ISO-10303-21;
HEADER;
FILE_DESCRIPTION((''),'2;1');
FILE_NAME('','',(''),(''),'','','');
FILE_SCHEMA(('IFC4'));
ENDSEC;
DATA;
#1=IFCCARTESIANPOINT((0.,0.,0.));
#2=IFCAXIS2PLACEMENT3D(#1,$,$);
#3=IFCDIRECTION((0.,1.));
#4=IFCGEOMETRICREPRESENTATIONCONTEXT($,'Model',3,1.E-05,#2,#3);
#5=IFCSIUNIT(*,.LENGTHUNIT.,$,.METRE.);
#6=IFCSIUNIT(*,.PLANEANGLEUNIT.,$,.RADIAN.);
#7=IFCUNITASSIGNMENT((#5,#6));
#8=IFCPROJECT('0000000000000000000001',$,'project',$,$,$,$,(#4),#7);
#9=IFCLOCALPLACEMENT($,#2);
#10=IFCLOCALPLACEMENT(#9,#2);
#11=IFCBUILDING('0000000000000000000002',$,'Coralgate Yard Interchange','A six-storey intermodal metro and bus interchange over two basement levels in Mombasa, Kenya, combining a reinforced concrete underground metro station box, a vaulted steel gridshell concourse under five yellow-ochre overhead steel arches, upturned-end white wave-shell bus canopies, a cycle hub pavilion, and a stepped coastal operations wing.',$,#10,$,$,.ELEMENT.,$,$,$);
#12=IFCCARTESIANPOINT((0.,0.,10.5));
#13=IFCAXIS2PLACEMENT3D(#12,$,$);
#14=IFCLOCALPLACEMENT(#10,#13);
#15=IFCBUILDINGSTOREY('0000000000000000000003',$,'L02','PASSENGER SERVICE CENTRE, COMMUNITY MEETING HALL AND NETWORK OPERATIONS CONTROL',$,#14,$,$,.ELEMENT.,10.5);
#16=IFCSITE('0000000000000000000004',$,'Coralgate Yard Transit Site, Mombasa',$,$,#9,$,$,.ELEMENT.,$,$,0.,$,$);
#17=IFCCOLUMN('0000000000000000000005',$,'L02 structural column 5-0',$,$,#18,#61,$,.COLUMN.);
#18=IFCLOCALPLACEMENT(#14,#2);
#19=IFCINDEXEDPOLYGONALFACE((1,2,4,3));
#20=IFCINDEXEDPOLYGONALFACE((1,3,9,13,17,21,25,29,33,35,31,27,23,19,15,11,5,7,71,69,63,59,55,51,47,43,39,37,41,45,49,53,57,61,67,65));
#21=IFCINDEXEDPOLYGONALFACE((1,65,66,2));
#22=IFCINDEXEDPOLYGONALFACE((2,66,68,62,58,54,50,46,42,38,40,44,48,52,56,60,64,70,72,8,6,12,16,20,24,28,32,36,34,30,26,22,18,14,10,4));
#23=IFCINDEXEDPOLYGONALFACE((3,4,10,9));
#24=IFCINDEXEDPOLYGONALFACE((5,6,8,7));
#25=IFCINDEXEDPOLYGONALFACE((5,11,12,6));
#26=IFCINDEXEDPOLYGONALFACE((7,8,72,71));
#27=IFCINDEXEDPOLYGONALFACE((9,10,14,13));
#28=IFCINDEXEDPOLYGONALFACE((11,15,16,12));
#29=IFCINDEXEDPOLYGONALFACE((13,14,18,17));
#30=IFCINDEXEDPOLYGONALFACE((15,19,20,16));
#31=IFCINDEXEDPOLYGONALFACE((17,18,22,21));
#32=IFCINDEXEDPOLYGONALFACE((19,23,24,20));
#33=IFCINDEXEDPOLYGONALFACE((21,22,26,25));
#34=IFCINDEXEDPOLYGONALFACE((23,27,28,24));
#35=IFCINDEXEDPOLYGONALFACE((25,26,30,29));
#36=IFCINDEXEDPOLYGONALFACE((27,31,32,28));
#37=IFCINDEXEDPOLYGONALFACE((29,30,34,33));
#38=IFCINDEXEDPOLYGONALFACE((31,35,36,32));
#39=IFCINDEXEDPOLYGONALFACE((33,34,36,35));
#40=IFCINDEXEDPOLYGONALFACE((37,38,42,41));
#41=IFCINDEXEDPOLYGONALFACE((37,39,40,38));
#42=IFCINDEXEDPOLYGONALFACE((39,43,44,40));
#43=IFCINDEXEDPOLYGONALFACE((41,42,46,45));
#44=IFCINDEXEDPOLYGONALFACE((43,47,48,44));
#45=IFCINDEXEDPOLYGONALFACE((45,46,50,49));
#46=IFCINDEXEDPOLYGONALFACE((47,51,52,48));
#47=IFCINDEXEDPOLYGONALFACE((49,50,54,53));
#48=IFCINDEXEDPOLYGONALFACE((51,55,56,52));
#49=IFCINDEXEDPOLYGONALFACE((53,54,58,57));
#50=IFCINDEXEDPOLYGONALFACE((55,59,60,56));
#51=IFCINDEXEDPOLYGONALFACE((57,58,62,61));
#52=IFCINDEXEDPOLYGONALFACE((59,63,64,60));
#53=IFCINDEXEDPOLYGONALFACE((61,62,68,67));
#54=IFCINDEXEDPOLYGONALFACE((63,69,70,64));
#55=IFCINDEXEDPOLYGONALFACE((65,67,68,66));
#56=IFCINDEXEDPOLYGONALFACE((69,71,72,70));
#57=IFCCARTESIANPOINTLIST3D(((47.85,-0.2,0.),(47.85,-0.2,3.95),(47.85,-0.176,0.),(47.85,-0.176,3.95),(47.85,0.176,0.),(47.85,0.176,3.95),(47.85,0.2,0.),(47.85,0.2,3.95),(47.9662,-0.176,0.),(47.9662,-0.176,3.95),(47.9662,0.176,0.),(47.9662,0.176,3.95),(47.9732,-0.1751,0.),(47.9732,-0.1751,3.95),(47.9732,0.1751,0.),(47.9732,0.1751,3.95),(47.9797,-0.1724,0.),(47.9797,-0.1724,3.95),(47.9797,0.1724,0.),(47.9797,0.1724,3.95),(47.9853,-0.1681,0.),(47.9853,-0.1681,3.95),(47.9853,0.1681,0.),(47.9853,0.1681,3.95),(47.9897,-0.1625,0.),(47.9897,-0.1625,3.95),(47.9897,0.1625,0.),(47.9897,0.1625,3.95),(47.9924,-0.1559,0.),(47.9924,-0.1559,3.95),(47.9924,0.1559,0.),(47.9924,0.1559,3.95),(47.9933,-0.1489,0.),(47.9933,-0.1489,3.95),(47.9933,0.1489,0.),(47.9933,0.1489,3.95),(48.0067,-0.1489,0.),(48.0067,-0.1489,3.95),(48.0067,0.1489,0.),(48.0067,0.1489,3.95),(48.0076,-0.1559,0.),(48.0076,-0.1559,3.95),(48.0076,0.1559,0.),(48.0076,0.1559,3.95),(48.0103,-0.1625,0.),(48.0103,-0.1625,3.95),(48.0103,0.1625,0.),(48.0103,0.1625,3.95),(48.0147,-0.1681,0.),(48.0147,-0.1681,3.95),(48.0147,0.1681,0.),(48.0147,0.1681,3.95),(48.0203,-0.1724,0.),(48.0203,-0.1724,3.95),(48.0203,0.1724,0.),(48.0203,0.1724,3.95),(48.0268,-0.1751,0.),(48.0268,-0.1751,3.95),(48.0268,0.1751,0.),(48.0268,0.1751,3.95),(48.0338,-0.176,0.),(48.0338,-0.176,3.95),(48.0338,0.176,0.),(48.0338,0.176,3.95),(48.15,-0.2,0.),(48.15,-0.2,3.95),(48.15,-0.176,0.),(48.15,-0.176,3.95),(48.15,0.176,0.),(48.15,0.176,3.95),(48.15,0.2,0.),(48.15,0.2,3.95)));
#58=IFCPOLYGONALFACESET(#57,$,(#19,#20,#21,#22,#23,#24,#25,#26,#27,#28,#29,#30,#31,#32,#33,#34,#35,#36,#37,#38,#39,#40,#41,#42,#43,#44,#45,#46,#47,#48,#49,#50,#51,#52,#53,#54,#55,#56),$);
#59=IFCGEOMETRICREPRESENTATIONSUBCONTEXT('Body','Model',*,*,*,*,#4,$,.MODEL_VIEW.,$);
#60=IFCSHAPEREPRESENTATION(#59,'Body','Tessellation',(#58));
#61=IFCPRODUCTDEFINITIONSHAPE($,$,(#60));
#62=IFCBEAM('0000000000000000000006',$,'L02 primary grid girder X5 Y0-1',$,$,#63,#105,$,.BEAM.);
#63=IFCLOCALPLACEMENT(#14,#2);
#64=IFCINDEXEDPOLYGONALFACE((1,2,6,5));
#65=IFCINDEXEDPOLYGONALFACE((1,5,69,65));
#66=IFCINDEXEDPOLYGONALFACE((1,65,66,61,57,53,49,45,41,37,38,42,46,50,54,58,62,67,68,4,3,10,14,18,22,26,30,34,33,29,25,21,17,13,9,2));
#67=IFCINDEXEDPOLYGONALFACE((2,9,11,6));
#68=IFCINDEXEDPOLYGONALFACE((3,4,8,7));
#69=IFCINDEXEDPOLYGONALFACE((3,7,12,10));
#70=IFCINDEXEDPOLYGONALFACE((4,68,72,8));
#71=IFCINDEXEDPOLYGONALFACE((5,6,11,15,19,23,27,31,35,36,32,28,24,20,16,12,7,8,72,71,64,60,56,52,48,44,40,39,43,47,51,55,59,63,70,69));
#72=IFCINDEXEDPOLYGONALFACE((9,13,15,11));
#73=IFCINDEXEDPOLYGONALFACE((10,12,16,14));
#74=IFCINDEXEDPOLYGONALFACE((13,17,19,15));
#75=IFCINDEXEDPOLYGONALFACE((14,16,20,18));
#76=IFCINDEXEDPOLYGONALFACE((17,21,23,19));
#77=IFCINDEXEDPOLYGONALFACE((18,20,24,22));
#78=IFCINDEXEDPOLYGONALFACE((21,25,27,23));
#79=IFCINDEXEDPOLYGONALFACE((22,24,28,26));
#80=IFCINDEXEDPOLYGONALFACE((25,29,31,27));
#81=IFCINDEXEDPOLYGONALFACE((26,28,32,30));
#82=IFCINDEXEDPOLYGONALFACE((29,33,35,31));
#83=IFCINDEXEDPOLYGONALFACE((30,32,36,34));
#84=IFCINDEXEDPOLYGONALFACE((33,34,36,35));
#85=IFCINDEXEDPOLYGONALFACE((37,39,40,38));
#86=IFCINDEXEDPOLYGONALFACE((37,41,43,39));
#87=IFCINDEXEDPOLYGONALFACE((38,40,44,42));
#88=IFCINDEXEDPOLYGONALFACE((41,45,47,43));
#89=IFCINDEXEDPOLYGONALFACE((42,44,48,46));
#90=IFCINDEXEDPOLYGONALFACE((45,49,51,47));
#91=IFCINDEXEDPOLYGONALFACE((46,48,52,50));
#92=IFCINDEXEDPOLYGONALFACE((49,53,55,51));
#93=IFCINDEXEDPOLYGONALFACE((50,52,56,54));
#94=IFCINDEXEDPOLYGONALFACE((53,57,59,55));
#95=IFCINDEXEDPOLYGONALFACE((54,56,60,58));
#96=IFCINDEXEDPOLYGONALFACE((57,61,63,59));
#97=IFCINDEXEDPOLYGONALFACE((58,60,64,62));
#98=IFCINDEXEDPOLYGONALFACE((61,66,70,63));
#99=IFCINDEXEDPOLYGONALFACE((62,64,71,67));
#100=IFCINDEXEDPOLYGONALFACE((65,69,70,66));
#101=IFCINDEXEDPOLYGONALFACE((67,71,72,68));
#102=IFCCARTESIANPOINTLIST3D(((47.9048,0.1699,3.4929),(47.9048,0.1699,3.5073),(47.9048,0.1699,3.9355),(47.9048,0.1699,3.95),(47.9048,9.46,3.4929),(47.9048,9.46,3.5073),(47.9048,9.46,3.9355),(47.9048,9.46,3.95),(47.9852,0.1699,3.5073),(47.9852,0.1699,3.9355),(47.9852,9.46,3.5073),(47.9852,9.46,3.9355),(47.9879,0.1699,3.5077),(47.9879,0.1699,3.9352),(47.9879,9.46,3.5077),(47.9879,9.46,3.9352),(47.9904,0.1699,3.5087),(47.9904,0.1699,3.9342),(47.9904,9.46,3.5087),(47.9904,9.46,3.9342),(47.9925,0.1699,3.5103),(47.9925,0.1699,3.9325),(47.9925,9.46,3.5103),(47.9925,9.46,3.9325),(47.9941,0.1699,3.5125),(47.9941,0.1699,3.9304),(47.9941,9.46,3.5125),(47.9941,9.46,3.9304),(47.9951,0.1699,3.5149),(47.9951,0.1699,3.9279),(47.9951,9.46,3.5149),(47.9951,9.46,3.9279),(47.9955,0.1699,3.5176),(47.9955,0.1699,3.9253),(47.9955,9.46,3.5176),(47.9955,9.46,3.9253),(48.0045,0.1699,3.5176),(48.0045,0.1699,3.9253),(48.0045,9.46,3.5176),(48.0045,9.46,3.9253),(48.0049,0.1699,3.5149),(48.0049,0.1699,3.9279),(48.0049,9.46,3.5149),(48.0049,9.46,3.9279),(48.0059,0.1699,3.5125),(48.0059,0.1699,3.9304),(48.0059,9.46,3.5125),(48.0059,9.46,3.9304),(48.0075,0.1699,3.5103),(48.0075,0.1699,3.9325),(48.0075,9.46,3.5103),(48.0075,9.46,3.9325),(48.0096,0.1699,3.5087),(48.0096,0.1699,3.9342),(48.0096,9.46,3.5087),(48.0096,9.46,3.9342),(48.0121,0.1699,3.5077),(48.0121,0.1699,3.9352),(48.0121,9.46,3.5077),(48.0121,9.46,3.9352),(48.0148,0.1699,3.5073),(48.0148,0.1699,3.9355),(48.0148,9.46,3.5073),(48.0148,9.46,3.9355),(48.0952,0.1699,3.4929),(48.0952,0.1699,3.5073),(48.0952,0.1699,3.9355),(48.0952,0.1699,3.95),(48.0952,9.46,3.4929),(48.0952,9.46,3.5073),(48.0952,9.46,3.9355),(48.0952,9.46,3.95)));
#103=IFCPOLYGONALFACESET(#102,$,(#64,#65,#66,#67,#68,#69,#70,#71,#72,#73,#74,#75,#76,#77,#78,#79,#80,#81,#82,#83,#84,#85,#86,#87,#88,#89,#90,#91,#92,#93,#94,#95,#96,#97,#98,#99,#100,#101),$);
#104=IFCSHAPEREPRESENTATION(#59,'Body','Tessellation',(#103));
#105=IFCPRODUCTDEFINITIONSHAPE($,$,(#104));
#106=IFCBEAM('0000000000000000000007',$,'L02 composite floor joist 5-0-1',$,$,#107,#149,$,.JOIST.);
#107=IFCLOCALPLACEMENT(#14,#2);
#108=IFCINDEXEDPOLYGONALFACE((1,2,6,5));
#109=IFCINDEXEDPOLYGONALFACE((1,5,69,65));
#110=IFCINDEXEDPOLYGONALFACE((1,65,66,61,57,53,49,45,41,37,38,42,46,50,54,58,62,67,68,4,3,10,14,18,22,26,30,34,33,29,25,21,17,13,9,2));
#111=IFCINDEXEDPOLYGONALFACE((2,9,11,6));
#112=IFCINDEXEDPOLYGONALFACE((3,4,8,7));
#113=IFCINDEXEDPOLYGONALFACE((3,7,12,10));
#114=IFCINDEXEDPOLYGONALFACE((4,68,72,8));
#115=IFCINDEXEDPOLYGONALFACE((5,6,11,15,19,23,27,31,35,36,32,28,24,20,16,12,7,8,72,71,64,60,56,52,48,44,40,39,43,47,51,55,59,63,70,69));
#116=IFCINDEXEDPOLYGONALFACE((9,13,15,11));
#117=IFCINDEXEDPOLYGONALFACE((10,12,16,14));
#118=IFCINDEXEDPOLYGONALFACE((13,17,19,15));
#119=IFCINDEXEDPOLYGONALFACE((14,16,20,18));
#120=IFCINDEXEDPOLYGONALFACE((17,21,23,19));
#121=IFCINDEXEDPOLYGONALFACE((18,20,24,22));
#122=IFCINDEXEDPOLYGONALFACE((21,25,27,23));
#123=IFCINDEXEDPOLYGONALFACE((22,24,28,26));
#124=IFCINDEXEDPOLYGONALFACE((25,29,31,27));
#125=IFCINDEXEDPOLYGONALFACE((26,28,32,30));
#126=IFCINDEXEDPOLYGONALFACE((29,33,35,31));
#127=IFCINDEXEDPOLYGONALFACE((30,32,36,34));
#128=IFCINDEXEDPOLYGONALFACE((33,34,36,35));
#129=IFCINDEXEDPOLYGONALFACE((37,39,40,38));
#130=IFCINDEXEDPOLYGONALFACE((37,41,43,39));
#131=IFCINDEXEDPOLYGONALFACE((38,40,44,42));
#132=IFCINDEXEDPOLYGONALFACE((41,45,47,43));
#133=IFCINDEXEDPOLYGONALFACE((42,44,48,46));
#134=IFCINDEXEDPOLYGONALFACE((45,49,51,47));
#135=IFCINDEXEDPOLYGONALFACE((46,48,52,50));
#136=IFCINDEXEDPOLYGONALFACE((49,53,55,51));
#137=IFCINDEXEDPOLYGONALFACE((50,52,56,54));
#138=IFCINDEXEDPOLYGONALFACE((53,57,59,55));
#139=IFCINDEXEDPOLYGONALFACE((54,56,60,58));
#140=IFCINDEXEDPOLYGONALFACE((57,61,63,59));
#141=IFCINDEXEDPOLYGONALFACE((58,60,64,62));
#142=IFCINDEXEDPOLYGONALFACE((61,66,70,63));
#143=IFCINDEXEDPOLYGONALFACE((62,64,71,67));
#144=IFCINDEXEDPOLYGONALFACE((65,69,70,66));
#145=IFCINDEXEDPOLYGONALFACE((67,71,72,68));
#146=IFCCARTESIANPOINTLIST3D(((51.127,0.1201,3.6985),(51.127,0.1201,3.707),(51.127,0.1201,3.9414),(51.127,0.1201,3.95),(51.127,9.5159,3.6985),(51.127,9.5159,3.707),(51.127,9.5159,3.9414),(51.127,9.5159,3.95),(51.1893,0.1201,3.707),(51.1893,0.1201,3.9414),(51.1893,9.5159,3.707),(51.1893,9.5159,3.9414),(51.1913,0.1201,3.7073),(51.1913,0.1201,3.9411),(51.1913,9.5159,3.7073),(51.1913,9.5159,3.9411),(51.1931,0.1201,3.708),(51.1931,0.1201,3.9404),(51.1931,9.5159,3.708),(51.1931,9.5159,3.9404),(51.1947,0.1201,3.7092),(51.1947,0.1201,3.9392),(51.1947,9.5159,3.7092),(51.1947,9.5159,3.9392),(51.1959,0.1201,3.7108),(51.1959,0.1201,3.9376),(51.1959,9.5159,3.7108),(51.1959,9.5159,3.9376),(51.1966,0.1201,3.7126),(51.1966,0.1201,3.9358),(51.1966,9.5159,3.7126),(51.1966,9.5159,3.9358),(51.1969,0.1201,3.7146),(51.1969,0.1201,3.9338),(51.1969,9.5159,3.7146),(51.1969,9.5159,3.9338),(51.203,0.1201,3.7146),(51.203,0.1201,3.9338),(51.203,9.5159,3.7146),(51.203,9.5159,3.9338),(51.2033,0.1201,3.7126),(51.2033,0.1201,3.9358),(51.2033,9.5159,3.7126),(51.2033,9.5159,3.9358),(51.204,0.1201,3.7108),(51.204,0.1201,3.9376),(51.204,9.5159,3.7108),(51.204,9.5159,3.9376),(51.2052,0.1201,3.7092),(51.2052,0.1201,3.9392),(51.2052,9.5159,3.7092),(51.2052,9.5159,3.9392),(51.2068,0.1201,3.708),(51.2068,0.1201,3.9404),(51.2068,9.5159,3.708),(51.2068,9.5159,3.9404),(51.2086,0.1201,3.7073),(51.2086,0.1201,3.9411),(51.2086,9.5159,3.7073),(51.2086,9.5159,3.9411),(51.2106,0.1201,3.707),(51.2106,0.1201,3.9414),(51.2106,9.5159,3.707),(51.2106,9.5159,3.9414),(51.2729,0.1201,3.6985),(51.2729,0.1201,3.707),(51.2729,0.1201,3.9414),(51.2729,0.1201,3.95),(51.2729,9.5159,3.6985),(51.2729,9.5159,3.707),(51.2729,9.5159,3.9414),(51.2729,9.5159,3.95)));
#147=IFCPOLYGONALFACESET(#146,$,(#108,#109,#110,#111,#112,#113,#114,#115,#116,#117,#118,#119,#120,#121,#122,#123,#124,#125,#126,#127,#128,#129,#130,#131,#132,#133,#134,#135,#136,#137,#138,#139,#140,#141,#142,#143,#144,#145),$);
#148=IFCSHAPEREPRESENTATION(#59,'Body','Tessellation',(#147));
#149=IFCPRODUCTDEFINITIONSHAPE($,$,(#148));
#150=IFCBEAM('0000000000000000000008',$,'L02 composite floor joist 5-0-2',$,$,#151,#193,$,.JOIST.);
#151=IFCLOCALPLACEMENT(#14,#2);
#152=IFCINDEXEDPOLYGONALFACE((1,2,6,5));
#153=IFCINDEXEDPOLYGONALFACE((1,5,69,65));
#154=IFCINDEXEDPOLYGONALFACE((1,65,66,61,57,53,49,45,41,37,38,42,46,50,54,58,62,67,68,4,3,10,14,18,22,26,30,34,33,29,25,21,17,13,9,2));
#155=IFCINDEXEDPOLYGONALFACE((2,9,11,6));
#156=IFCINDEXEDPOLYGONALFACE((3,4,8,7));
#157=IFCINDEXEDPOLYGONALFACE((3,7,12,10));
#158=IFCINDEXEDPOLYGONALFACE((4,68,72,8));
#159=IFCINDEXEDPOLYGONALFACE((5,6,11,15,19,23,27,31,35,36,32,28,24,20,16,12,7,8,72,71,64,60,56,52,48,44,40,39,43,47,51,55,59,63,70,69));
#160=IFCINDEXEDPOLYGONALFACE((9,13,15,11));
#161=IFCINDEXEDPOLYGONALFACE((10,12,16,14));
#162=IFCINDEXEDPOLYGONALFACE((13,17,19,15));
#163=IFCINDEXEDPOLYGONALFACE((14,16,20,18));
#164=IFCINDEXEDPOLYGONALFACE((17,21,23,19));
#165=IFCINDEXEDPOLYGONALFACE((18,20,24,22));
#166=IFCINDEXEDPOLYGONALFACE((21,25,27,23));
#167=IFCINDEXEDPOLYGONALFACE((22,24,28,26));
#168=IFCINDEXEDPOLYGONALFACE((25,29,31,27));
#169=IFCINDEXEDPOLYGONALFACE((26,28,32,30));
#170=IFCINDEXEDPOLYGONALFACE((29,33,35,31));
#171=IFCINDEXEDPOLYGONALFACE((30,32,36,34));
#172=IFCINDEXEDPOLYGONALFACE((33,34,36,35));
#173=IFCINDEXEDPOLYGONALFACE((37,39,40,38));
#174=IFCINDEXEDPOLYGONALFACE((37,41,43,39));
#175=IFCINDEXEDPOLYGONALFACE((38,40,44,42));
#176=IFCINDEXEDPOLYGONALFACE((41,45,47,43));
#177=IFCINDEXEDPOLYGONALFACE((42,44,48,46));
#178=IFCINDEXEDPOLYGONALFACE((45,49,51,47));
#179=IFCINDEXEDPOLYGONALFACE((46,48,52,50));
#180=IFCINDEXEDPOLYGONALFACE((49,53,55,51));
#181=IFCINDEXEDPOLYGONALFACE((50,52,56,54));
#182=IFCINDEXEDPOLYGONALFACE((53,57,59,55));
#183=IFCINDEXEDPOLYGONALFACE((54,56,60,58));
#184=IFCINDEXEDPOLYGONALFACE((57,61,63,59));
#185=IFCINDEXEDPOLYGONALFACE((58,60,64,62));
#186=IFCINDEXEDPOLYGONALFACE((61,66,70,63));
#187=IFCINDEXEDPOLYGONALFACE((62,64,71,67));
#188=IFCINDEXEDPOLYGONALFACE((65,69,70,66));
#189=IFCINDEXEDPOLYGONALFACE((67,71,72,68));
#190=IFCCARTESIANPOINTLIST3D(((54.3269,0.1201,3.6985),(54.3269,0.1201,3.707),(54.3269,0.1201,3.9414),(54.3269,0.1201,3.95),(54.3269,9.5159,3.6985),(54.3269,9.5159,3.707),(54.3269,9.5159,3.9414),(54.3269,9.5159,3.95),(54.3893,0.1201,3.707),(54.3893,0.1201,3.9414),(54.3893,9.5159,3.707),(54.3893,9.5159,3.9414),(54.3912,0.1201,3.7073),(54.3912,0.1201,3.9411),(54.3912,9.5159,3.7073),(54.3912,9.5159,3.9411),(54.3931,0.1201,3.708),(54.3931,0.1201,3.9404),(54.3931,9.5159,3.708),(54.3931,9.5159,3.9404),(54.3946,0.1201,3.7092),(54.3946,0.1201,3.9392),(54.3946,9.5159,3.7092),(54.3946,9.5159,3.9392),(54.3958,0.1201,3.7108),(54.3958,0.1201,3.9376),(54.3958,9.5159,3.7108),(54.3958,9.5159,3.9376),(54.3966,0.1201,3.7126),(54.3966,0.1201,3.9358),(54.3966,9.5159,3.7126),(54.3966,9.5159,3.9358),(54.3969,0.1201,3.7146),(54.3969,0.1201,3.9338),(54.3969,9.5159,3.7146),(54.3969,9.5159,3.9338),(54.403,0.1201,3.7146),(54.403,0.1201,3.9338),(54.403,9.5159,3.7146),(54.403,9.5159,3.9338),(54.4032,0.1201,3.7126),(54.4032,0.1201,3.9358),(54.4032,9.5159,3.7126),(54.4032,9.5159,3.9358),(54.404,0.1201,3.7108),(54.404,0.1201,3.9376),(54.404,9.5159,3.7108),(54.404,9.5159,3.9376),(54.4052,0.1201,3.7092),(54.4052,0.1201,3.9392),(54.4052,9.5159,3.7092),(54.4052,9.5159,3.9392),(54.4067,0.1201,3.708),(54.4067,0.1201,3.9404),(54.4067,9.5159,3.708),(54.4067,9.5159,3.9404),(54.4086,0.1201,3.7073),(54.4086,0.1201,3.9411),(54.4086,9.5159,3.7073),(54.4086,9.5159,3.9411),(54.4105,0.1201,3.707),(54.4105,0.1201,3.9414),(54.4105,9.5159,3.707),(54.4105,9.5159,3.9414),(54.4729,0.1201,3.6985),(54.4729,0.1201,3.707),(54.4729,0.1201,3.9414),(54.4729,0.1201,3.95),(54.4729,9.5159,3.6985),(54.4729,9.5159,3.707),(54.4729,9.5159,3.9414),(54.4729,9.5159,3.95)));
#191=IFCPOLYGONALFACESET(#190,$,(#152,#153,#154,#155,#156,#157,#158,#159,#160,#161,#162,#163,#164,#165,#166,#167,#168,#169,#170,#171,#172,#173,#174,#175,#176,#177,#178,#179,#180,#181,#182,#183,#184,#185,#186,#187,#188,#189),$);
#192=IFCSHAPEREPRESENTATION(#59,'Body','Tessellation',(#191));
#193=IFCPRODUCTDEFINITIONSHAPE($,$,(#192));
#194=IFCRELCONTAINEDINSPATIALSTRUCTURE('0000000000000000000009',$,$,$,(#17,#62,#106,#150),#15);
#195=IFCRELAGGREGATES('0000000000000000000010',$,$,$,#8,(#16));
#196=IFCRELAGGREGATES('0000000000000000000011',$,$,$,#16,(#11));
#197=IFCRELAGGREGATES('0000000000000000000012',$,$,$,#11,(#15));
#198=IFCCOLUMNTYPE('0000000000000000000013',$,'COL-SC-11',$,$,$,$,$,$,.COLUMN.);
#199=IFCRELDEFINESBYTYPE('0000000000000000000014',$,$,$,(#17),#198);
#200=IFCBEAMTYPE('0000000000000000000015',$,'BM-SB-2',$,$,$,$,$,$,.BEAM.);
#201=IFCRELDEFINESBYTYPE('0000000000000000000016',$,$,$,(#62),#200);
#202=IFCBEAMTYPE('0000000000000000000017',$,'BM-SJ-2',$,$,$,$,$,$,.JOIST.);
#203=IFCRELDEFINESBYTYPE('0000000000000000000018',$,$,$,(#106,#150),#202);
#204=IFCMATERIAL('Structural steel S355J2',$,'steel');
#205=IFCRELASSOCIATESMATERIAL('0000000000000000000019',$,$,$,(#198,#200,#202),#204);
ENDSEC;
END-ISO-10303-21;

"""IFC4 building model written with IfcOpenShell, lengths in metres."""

from ifc_helpers import new_model, si_unit, direction, frame, origin, origin_2d, place, context, subcontext, project, spatial, i_section, extrude, material, material_profile, profile_set, type_object, element, save


model = new_model("IFC4")

# Units and contexts
model_context = context("Model", 3, precision=1e-05, world=origin(), true_north=direction((0.0, 1.0)))
body_context = subcontext(model_context, "Body", "Model", "MODEL_VIEW")
ifc_project = project(units=[si_unit("LENGTHUNIT", "METRE"), si_unit("PLANEANGLEUNIT", "RADIAN")], contexts=[model_context])

# Site, building, storey
site_placement = place(None, origin())
site = spatial("IfcSite", under=ifc_project, at=site_placement, Name="Coralgate Yard Transit Site, Mombasa", CompositionType="ELEMENT", RefElevation=0.0)
building_placement = place(site_placement, origin())
building = spatial("IfcBuilding", under=site, at=building_placement, Name="Coralgate Yard Interchange", Description="A six-storey intermodal metro and bus interchange over two basement levels in Mombasa, Kenya, combining a reinforced concrete underground metro station box, a vaulted steel gridshell concourse under five yellow-ochre overhead steel arches, upturned-end white wave-shell bus canopies, a cycle hub pavilion, and a stepped coastal operations wing.", CompositionType="ELEMENT")
storey_placement = place(building_placement, frame((0.0, 0.0, 10.5)))
storey = spatial("IfcBuildingStorey", under=building, at=storey_placement, Name="L02", Description="PASSENGER SERVICE CENTRE, COMMUNITY MEETING HALL AND NETWORK OPERATIONS CONTROL", CompositionType="ELEMENT", Elevation=10.5)

# Column
ifc_material_1 = material(Name="Structural steel S355J2", Category="steel")
ifc_material_profile_1 = material_profile(ifc_material_1, i_section(OverallWidth=0.3, OverallDepth=0.3999, WebThickness=0.0134, FlangeThickness=0.0239, FilletRadius=0.0271, at=origin_2d()), Name="HEB 400")
ifc_profile_set_1 = profile_set([ifc_material_profile_1], Name="Structural steel S355J2")
column_type = type_object("IfcColumnType", Name="COL-SC-11", PredefinedType="COLUMN", material=ifc_profile_set_1)
column_placement = place(storey_placement, frame((48.0, 0.0, 0.0), z_axis=(0.0, 0.0, 1.0), x_axis=(1.0, 0.0, 0.0)))
element("IfcColumn", 1, at=column_placement, inside=storey, type_object=column_type, Name="L02 structural column 5-0", PredefinedType="COLUMN", context=body_context, shape_type="SweptSolid", body=[
    extrude(i_section(OverallWidth=0.3, OverallDepth=0.3999, WebThickness=0.0134, FlangeThickness=0.0239, FilletRadius=0.0271, at=origin_2d()), origin(), (0.0, 0.0, 1.0), 3.95),
])

# Beams
ifc_material_profile_2 = material_profile(ifc_material_1, i_section(OverallWidth=0.1904, OverallDepth=0.457, WebThickness=0.009, FlangeThickness=0.0144, FilletRadius=0.0103, at=origin_2d()), Name="UB 457x191x74")
ifc_profile_set_2 = profile_set([ifc_material_profile_2], Name="Structural steel S355J2")
beam_type_1 = type_object("IfcBeamType", Name="BM-SB-2", PredefinedType="BEAM", material=ifc_profile_set_2)
beam_1_placement = place(storey_placement, frame((48.0, 0.1699, 3.7214), z_axis=(0.0, 1.0, 0.0), x_axis=(-1.0, 0.0, 0.0)))
element("IfcBeam", 2, at=beam_1_placement, inside=storey, type_object=beam_type_1, Name="L02 primary grid girder X5 Y0-1", PredefinedType="BEAM", context=body_context, shape_type="SweptSolid", body=[
    extrude(i_section(OverallWidth=0.1904, OverallDepth=0.457, WebThickness=0.009, FlangeThickness=0.0144, FilletRadius=0.0103, at=origin_2d()), origin(), (0.0, 0.0, 1.0), 9.29),
])
ifc_material_profile_3 = material_profile(ifc_material_1, i_section(OverallWidth=0.146, OverallDepth=0.2515, WebThickness=0.0061, FlangeThickness=0.0085, FilletRadius=0.0076, at=origin_2d()), Name="UB 254x146x31")
ifc_profile_set_3 = profile_set([ifc_material_profile_3], Name="Structural steel S355J2")
beam_type_2 = type_object("IfcBeamType", Name="BM-SJ-2", PredefinedType="JOIST", material=ifc_profile_set_3)
for number, where, z_axis, x_axis, name in (
    (3, (51.2, 0.1201, 3.8242), (0.0, 1.0, 0.0), (-1.0, 0.0, 0.0), "L02 composite floor joist 5-0-1"),
    (4, (54.3999, 0.1201, 3.8242), (0.0, 1.0, 0.0), (-1.0, 0.0, 0.0), "L02 composite floor joist 5-0-2"),
):
    element("IfcBeam", number, at=place(storey_placement, frame(where, z_axis=z_axis, x_axis=x_axis)), inside=storey, type_object=beam_type_2, Name=name, PredefinedType="JOIST", context=body_context, shape_type="SweptSolid", body=[
        extrude(i_section(OverallWidth=0.146, OverallDepth=0.2515, WebThickness=0.0061, FlangeThickness=0.0085, FilletRadius=0.0076, at=origin_2d()), origin(), (0.0, 0.0, 1.0), 9.3958),
    ])

save(model, "model.ifc")
